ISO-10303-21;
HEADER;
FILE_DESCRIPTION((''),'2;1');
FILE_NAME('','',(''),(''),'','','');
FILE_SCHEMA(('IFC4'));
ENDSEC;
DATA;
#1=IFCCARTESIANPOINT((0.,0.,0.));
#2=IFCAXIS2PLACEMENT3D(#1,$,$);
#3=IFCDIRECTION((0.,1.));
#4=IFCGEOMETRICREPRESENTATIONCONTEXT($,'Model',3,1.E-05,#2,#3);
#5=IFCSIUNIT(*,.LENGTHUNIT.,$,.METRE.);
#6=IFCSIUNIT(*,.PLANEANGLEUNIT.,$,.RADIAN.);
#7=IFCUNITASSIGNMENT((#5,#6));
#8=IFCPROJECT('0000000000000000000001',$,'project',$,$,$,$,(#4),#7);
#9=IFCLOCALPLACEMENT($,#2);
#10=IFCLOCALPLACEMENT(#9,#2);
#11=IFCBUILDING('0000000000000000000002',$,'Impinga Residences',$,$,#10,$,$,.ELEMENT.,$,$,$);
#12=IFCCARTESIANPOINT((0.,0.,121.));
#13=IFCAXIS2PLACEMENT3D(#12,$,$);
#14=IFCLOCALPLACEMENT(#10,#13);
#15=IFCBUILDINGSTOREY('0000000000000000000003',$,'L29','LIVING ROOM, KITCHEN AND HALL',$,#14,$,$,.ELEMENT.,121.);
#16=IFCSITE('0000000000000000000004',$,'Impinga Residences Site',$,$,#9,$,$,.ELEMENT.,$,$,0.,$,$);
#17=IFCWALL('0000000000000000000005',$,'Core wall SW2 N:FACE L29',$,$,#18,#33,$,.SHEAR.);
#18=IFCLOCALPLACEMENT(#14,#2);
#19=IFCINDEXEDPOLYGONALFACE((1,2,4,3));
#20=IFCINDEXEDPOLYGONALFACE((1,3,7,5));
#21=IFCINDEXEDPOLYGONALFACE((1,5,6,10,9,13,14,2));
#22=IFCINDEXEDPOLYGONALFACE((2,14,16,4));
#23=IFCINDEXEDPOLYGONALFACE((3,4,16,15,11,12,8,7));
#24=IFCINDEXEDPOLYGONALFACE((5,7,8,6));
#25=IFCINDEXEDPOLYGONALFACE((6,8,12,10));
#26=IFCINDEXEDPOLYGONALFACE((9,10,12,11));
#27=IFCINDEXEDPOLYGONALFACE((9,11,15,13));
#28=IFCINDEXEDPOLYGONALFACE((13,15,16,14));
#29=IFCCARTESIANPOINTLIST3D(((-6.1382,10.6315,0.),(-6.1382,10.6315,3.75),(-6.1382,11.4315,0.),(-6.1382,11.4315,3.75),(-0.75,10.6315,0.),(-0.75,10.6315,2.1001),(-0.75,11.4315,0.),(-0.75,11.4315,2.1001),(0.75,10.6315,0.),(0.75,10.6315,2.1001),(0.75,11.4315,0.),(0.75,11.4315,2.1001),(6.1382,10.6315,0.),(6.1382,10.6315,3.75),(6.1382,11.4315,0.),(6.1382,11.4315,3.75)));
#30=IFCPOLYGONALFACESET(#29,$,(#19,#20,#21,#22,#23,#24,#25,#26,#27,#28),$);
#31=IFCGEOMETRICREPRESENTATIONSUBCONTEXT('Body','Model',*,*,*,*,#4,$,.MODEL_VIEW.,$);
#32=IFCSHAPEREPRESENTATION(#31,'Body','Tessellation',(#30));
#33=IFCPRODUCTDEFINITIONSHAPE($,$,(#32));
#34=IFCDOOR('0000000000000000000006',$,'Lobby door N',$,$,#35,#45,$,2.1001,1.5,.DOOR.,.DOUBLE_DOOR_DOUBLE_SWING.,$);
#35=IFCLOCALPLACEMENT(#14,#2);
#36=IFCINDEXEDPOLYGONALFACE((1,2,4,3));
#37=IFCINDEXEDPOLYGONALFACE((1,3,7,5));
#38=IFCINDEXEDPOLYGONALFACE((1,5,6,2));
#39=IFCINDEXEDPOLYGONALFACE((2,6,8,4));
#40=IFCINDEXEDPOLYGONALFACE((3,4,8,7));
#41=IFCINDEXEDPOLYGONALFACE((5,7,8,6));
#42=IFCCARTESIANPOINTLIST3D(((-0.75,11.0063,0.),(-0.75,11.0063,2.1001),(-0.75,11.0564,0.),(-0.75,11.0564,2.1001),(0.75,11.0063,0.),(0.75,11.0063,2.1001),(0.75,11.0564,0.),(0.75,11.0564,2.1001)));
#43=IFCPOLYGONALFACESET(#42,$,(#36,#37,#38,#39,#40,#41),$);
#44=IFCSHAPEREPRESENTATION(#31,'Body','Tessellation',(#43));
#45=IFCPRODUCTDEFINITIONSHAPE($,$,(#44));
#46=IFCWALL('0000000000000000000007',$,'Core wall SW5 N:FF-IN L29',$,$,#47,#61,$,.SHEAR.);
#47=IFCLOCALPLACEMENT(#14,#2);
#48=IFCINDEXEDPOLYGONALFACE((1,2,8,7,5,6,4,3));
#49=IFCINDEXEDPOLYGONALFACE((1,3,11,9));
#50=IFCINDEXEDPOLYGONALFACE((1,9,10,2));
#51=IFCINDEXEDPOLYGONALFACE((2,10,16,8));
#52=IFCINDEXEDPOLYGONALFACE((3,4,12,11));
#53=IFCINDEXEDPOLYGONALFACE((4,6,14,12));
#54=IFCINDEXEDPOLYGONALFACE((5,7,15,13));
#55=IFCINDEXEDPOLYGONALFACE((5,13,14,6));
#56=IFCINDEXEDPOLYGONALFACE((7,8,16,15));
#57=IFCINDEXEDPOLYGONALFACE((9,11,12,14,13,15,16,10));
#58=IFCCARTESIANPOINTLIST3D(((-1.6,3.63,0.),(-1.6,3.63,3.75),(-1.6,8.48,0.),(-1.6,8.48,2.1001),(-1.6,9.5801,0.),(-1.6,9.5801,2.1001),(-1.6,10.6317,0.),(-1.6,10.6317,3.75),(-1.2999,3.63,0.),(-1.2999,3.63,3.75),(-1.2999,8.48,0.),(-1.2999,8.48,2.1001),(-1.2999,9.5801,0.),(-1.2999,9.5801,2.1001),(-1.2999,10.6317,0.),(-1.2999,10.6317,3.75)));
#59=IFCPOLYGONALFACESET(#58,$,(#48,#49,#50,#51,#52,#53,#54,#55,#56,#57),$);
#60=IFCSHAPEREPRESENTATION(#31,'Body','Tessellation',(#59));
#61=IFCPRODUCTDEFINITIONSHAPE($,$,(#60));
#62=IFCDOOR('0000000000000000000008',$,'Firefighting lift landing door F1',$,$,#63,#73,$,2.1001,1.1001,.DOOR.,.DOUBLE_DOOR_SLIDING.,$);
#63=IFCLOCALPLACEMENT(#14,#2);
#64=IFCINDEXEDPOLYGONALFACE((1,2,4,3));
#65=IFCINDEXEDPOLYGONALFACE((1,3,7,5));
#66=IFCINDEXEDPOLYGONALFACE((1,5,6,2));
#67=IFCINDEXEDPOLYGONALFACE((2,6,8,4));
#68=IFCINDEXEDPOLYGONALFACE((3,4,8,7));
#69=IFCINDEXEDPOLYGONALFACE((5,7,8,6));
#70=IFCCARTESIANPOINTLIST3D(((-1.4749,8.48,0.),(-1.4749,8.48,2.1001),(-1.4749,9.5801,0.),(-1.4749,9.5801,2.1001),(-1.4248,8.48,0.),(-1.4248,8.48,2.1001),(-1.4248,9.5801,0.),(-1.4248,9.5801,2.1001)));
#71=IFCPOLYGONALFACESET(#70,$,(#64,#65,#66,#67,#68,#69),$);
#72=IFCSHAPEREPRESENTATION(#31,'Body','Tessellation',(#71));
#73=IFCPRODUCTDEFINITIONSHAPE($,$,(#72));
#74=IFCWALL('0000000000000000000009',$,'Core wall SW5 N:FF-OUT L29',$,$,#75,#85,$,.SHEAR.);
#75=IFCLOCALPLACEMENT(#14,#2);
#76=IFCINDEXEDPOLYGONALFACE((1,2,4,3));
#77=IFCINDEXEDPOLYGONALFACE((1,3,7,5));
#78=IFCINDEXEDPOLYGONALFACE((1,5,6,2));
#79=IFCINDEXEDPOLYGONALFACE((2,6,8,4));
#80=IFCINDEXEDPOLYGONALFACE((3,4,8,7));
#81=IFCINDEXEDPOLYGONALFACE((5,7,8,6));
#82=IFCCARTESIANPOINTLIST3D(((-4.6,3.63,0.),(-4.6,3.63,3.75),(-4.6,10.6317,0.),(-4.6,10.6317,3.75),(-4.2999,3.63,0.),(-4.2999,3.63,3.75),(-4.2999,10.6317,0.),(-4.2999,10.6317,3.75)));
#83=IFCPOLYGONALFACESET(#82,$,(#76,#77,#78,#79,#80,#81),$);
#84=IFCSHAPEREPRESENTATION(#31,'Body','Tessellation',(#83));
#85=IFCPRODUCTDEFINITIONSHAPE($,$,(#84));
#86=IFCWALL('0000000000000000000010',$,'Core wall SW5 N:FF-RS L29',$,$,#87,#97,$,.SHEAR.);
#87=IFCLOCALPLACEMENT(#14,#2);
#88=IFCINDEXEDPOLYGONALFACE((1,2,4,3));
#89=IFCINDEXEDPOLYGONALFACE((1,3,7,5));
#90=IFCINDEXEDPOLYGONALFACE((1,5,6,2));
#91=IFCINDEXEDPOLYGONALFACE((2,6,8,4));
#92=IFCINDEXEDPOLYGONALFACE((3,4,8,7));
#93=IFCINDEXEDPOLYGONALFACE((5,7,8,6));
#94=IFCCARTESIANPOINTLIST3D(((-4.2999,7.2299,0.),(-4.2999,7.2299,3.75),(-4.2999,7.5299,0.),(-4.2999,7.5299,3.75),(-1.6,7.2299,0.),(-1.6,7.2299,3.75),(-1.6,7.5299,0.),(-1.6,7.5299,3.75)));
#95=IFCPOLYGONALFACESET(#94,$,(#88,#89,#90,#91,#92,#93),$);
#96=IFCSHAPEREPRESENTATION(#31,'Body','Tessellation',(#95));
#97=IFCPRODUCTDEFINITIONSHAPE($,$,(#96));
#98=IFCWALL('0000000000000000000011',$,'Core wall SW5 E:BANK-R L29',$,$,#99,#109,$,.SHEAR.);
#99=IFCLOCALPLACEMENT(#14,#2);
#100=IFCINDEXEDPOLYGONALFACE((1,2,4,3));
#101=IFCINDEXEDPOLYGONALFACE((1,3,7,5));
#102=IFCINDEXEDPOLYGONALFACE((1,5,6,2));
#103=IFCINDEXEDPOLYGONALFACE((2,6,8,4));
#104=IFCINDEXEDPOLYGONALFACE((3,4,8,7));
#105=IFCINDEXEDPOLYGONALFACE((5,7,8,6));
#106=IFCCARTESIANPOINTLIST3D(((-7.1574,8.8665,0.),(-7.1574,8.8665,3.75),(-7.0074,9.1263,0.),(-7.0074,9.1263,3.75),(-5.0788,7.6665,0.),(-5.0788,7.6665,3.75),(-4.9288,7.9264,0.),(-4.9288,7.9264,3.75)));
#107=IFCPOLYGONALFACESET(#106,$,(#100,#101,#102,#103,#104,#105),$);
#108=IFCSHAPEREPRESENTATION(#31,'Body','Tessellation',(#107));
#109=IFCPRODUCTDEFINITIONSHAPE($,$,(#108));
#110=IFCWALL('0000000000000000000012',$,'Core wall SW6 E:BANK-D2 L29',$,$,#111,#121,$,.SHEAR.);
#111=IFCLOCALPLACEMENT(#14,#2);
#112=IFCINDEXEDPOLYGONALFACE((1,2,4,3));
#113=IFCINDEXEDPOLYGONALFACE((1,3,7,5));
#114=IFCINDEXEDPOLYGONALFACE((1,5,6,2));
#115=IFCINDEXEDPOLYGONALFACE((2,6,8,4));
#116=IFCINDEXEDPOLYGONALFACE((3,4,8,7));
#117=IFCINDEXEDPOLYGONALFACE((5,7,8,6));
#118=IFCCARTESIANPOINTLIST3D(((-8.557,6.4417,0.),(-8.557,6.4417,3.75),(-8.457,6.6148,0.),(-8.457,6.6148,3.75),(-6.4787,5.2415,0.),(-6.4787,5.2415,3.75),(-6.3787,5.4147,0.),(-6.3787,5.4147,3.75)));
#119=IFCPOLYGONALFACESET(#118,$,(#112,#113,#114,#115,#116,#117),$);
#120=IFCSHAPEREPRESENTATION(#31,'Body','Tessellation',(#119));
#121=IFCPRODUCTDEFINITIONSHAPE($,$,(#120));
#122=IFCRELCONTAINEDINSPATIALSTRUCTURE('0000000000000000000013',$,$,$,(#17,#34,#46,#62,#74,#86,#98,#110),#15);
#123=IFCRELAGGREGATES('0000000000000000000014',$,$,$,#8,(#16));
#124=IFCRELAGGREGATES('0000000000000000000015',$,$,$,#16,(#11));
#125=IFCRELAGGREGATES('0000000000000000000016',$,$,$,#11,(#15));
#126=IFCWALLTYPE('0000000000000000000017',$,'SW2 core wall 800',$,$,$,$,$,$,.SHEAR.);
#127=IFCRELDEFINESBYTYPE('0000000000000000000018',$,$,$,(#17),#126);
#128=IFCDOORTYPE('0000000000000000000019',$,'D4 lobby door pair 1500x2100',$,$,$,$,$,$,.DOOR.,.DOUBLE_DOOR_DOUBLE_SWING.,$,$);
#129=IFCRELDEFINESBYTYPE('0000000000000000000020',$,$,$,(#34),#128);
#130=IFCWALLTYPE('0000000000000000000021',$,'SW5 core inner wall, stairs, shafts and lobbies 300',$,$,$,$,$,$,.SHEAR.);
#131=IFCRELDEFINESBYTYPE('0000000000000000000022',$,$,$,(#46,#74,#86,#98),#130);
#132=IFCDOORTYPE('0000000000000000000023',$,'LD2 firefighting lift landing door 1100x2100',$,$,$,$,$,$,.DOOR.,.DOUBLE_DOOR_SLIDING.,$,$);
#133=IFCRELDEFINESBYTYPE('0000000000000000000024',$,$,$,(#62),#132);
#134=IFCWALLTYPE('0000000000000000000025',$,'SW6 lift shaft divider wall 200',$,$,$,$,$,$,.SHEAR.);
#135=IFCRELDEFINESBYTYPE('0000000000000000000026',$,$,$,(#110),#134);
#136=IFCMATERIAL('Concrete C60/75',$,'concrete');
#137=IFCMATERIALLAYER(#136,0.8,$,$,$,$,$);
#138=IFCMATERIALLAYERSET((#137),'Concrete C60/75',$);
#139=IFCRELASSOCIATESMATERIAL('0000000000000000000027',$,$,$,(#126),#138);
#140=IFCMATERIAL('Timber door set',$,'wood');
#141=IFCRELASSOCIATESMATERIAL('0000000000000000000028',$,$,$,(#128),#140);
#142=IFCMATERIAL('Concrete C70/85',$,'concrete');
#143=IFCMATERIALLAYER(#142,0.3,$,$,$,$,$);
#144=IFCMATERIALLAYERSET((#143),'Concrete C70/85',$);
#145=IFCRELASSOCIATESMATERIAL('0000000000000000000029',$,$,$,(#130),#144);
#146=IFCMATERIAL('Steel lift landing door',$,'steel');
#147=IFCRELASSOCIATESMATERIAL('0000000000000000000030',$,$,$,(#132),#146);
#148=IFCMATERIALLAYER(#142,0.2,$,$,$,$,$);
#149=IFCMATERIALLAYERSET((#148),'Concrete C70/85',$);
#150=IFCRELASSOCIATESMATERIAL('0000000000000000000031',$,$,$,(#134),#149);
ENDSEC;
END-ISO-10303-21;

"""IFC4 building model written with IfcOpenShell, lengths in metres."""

from ifc_helpers import new_model, si_unit, direction, frame, frame_2d, origin, place, context, subcontext, project, spatial, rectangle, extrude, material, layer, layer_set, type_object, element, fill, save


model = new_model("IFC4")

# Units and contexts
model_context = context("Model", 3, precision=1e-05, world=origin(), true_north=direction((0.0, 1.0)))
body_context = subcontext(model_context, "Body", "Model", "MODEL_VIEW")
ifc_project = project(units=[si_unit("LENGTHUNIT", "METRE"), si_unit("PLANEANGLEUNIT", "RADIAN")], contexts=[model_context])

# Site, building, storey
site_placement = place(None, origin())
site = spatial("IfcSite", under=ifc_project, at=site_placement, Name="Impinga Residences Site", CompositionType="ELEMENT", RefElevation=0.0)
building_placement = place(site_placement, origin())
building = spatial("IfcBuilding", under=site, at=building_placement, Name="Impinga Residences", CompositionType="ELEMENT")
storey_placement = place(building_placement, frame((0.0, 0.0, 121.0)))
storey = spatial("IfcBuildingStorey", under=building, at=storey_placement, Name="L29", Description="LIVING ROOM, KITCHEN AND HALL", CompositionType="ELEMENT", Elevation=121.0)

# Shared definitions
ifc_material_1 = material(Name="Concrete C60/75", Category="concrete")

# Shared definitions
ifc_material_2 = material(Name="Timber door set", Category="wood")

# Walls, openings, doors
ifc_layer_1 = layer(ifc_material_1, 0.8)
ifc_layer_set_1 = layer_set([ifc_layer_1], Name="Concrete C60/75")
wall_type_1 = type_object("IfcWallType", Name="SW2 core wall 800", PredefinedType="SHEAR", material=ifc_layer_set_1)
wall_1_placement = place(storey_placement, frame((-6.1382, 11.0315, 0.0), z_axis=(0.0, 0.0, 1.0), x_axis=(1.0, 0.0, 0.0)))
wall_1 = element("IfcWall", 1, at=wall_1_placement, inside=storey, type_object=wall_type_1, Name="Core wall SW2 N:FACE L29", PredefinedType="SHEAR", context=body_context, shape_type="SweptSolid", body=[
    extrude(rectangle(XDim=12.2764, YDim=0.8, at=frame_2d((6.1382, 0.0))), origin(), (0.0, 0.0, 1.0), 3.75),
])
opening_1_placement = place(wall_1_placement, frame((5.3882, 0.0, 0.0)))
opening_1 = element("IfcOpeningElement", 2, at=opening_1_placement, cuts=wall_1, PredefinedType="OPENING", context=body_context, shape_type="SweptSolid", body=[
    extrude(rectangle(XDim=1.5, YDim=2.1001, at=frame_2d((0.75, 1.05))), frame((0.0, 0.4099, 0.0), z_axis=(0.0, -1.0, 0.0), x_axis=(1.0, 0.0, 0.0)), (0.0, 0.0, 1.0), 0.8201),
])
door_type_1 = type_object("IfcDoorType", Name="D4 lobby door pair 1500x2100", OperationType="DOUBLE_DOOR_DOUBLE_SWING", PredefinedType="DOOR", material=ifc_material_2)
door_1_placement = place(opening_1_placement, origin())
door_1 = element("IfcDoor", 3, at=door_1_placement, inside=storey, type_object=door_type_1, Name="Lobby door N", OperationType="DOUBLE_DOOR_DOUBLE_SWING", OverallHeight=2.1001, OverallWidth=1.5, PredefinedType="DOOR", context=body_context, shape_type="SweptSolid", body=[
    extrude(rectangle(XDim=1.5, YDim=2.1001, at=frame_2d((0.75, 1.05))), frame((0.0, 0.0249, 0.0), z_axis=(0.0, -1.0, 0.0), x_axis=(1.0, 0.0, 0.0)), (0.0, 0.0, 1.0), 0.05),
])
fill(opening_1, door_1)
ifc_material_3 = material(Name="Concrete C70/85", Category="concrete")
ifc_layer_2 = layer(ifc_material_3, 0.3)
ifc_layer_set_2 = layer_set([ifc_layer_2], Name="Concrete C70/85")
wall_type_2 = type_object("IfcWallType", Name="SW5 core inner wall, stairs, shafts and lobbies 300", PredefinedType="SHEAR", material=ifc_layer_set_2)
wall_2_placement = place(storey_placement, frame((-1.45, 3.6299, 0.0), z_axis=(0.0, 0.0, 1.0), x_axis=(0.0, 1.0, 0.0)))
wall_2 = element("IfcWall", 4, at=wall_2_placement, inside=storey, type_object=wall_type_2, Name="Core wall SW5 N:FF-IN L29", PredefinedType="SHEAR", context=body_context, shape_type="SweptSolid", body=[
    extrude(rectangle(XDim=7.0017, YDim=0.3, at=frame_2d((3.501, 0.0))), origin(), (0.0, 0.0, 1.0), 3.75),
])
opening_2_placement = place(wall_2_placement, frame((4.8501, 0.0, 0.0)))
opening_2 = element("IfcOpeningElement", 5, at=opening_2_placement, cuts=wall_2, PredefinedType="OPENING", context=body_context, shape_type="SweptSolid", body=[
    extrude(rectangle(XDim=1.1001, YDim=2.1001, at=frame_2d((0.55, 1.05))), frame((0.0, 0.1599, 0.0), z_axis=(0.0, -1.0, 0.0), x_axis=(1.0, 0.0, 0.0)), (0.0, 0.0, 1.0), 0.3201),
])
ifc_material_4 = material(Name="Steel lift landing door", Category="steel")
door_type_2 = type_object("IfcDoorType", Name="LD2 firefighting lift landing door 1100x2100", OperationType="DOUBLE_DOOR_SLIDING", PredefinedType="DOOR", material=ifc_material_4)
door_2_placement = place(opening_2_placement, origin())
door_2 = element("IfcDoor", 6, at=door_2_placement, inside=storey, type_object=door_type_2, Name="Firefighting lift landing door F1", OperationType="DOUBLE_DOOR_SLIDING", OverallHeight=2.1001, OverallWidth=1.1001, PredefinedType="DOOR", context=body_context, shape_type="SweptSolid", body=[
    extrude(rectangle(XDim=1.1001, YDim=2.1001, at=frame_2d((0.55, 1.05))), frame((0.0, 0.0249, 0.0), z_axis=(0.0, -1.0, 0.0), x_axis=(1.0, 0.0, 0.0)), (0.0, 0.0, 1.0), 0.05),
])
fill(opening_2, door_2)

# Walls
wall_3_placement = place(storey_placement, frame((-4.45, 3.6299, 0.0), z_axis=(0.0, 0.0, 1.0), x_axis=(0.0, 1.0, 0.0)))
element("IfcWall", 7, at=wall_3_placement, inside=storey, type_object=wall_type_2, Name="Core wall SW5 N:FF-OUT L29", PredefinedType="SHEAR", context=body_context, shape_type="SweptSolid", body=[
    extrude(rectangle(XDim=7.0017, YDim=0.3, at=frame_2d((3.501, 0.0))), origin(), (0.0, 0.0, 1.0), 3.75),
])
wall_4_placement = place(storey_placement, frame((-4.3, 7.3799, 0.0), z_axis=(0.0, 0.0, 1.0), x_axis=(1.0, 0.0, 0.0)))
element("IfcWall", 8, at=wall_4_placement, inside=storey, type_object=wall_type_2, Name="Core wall SW5 N:FF-RS L29", PredefinedType="SHEAR", context=body_context, shape_type="SweptSolid", body=[
    extrude(rectangle(XDim=2.7, YDim=0.3, at=frame_2d((1.3501, 0.0))), origin(), (0.0, 0.0, 1.0), 3.75),
])
wall_5_placement = place(storey_placement, frame((-5.0037, 7.7964, 0.0), z_axis=(0.0, 0.0, 1.0), x_axis=(-0.86605, 0.499957, 0.0)))
element("IfcWall", 9, at=wall_5_placement, inside=storey, type_object=wall_type_2, Name="Core wall SW5 E:BANK-R L29", PredefinedType="SHEAR", context=body_context, shape_type="SweptSolid", body=[
    extrude(rectangle(XDim=2.4001, YDim=0.3, at=frame_2d((1.2002, 0.0))), origin(), (0.0, 0.0, 1.0), 3.75),
])
ifc_layer_3 = layer(ifc_material_3, 0.2)
ifc_layer_set_3 = layer_set([ifc_layer_3], Name="Concrete C70/85")
wall_type_3 = type_object("IfcWallType", Name="SW6 lift shaft divider wall 200", PredefinedType="SHEAR", material=ifc_layer_set_3)
wall_6_placement = place(storey_placement, frame((-6.4287, 5.3281, 0.0), z_axis=(0.0, 0.0, 1.0), x_axis=(-0.865981, 0.500078, 0.0)))
element("IfcWall", 10, at=wall_6_placement, inside=storey, type_object=wall_type_3, Name="Core wall SW6 E:BANK-D2 L29", PredefinedType="SHEAR", context=body_context, shape_type="SweptSolid", body=[
    extrude(rectangle(XDim=2.3999, YDim=0.2, at=frame_2d((1.2, 0.0))), origin(), (0.0, 0.0, 1.0), 3.75),
])

save(model, "model.ifc")
